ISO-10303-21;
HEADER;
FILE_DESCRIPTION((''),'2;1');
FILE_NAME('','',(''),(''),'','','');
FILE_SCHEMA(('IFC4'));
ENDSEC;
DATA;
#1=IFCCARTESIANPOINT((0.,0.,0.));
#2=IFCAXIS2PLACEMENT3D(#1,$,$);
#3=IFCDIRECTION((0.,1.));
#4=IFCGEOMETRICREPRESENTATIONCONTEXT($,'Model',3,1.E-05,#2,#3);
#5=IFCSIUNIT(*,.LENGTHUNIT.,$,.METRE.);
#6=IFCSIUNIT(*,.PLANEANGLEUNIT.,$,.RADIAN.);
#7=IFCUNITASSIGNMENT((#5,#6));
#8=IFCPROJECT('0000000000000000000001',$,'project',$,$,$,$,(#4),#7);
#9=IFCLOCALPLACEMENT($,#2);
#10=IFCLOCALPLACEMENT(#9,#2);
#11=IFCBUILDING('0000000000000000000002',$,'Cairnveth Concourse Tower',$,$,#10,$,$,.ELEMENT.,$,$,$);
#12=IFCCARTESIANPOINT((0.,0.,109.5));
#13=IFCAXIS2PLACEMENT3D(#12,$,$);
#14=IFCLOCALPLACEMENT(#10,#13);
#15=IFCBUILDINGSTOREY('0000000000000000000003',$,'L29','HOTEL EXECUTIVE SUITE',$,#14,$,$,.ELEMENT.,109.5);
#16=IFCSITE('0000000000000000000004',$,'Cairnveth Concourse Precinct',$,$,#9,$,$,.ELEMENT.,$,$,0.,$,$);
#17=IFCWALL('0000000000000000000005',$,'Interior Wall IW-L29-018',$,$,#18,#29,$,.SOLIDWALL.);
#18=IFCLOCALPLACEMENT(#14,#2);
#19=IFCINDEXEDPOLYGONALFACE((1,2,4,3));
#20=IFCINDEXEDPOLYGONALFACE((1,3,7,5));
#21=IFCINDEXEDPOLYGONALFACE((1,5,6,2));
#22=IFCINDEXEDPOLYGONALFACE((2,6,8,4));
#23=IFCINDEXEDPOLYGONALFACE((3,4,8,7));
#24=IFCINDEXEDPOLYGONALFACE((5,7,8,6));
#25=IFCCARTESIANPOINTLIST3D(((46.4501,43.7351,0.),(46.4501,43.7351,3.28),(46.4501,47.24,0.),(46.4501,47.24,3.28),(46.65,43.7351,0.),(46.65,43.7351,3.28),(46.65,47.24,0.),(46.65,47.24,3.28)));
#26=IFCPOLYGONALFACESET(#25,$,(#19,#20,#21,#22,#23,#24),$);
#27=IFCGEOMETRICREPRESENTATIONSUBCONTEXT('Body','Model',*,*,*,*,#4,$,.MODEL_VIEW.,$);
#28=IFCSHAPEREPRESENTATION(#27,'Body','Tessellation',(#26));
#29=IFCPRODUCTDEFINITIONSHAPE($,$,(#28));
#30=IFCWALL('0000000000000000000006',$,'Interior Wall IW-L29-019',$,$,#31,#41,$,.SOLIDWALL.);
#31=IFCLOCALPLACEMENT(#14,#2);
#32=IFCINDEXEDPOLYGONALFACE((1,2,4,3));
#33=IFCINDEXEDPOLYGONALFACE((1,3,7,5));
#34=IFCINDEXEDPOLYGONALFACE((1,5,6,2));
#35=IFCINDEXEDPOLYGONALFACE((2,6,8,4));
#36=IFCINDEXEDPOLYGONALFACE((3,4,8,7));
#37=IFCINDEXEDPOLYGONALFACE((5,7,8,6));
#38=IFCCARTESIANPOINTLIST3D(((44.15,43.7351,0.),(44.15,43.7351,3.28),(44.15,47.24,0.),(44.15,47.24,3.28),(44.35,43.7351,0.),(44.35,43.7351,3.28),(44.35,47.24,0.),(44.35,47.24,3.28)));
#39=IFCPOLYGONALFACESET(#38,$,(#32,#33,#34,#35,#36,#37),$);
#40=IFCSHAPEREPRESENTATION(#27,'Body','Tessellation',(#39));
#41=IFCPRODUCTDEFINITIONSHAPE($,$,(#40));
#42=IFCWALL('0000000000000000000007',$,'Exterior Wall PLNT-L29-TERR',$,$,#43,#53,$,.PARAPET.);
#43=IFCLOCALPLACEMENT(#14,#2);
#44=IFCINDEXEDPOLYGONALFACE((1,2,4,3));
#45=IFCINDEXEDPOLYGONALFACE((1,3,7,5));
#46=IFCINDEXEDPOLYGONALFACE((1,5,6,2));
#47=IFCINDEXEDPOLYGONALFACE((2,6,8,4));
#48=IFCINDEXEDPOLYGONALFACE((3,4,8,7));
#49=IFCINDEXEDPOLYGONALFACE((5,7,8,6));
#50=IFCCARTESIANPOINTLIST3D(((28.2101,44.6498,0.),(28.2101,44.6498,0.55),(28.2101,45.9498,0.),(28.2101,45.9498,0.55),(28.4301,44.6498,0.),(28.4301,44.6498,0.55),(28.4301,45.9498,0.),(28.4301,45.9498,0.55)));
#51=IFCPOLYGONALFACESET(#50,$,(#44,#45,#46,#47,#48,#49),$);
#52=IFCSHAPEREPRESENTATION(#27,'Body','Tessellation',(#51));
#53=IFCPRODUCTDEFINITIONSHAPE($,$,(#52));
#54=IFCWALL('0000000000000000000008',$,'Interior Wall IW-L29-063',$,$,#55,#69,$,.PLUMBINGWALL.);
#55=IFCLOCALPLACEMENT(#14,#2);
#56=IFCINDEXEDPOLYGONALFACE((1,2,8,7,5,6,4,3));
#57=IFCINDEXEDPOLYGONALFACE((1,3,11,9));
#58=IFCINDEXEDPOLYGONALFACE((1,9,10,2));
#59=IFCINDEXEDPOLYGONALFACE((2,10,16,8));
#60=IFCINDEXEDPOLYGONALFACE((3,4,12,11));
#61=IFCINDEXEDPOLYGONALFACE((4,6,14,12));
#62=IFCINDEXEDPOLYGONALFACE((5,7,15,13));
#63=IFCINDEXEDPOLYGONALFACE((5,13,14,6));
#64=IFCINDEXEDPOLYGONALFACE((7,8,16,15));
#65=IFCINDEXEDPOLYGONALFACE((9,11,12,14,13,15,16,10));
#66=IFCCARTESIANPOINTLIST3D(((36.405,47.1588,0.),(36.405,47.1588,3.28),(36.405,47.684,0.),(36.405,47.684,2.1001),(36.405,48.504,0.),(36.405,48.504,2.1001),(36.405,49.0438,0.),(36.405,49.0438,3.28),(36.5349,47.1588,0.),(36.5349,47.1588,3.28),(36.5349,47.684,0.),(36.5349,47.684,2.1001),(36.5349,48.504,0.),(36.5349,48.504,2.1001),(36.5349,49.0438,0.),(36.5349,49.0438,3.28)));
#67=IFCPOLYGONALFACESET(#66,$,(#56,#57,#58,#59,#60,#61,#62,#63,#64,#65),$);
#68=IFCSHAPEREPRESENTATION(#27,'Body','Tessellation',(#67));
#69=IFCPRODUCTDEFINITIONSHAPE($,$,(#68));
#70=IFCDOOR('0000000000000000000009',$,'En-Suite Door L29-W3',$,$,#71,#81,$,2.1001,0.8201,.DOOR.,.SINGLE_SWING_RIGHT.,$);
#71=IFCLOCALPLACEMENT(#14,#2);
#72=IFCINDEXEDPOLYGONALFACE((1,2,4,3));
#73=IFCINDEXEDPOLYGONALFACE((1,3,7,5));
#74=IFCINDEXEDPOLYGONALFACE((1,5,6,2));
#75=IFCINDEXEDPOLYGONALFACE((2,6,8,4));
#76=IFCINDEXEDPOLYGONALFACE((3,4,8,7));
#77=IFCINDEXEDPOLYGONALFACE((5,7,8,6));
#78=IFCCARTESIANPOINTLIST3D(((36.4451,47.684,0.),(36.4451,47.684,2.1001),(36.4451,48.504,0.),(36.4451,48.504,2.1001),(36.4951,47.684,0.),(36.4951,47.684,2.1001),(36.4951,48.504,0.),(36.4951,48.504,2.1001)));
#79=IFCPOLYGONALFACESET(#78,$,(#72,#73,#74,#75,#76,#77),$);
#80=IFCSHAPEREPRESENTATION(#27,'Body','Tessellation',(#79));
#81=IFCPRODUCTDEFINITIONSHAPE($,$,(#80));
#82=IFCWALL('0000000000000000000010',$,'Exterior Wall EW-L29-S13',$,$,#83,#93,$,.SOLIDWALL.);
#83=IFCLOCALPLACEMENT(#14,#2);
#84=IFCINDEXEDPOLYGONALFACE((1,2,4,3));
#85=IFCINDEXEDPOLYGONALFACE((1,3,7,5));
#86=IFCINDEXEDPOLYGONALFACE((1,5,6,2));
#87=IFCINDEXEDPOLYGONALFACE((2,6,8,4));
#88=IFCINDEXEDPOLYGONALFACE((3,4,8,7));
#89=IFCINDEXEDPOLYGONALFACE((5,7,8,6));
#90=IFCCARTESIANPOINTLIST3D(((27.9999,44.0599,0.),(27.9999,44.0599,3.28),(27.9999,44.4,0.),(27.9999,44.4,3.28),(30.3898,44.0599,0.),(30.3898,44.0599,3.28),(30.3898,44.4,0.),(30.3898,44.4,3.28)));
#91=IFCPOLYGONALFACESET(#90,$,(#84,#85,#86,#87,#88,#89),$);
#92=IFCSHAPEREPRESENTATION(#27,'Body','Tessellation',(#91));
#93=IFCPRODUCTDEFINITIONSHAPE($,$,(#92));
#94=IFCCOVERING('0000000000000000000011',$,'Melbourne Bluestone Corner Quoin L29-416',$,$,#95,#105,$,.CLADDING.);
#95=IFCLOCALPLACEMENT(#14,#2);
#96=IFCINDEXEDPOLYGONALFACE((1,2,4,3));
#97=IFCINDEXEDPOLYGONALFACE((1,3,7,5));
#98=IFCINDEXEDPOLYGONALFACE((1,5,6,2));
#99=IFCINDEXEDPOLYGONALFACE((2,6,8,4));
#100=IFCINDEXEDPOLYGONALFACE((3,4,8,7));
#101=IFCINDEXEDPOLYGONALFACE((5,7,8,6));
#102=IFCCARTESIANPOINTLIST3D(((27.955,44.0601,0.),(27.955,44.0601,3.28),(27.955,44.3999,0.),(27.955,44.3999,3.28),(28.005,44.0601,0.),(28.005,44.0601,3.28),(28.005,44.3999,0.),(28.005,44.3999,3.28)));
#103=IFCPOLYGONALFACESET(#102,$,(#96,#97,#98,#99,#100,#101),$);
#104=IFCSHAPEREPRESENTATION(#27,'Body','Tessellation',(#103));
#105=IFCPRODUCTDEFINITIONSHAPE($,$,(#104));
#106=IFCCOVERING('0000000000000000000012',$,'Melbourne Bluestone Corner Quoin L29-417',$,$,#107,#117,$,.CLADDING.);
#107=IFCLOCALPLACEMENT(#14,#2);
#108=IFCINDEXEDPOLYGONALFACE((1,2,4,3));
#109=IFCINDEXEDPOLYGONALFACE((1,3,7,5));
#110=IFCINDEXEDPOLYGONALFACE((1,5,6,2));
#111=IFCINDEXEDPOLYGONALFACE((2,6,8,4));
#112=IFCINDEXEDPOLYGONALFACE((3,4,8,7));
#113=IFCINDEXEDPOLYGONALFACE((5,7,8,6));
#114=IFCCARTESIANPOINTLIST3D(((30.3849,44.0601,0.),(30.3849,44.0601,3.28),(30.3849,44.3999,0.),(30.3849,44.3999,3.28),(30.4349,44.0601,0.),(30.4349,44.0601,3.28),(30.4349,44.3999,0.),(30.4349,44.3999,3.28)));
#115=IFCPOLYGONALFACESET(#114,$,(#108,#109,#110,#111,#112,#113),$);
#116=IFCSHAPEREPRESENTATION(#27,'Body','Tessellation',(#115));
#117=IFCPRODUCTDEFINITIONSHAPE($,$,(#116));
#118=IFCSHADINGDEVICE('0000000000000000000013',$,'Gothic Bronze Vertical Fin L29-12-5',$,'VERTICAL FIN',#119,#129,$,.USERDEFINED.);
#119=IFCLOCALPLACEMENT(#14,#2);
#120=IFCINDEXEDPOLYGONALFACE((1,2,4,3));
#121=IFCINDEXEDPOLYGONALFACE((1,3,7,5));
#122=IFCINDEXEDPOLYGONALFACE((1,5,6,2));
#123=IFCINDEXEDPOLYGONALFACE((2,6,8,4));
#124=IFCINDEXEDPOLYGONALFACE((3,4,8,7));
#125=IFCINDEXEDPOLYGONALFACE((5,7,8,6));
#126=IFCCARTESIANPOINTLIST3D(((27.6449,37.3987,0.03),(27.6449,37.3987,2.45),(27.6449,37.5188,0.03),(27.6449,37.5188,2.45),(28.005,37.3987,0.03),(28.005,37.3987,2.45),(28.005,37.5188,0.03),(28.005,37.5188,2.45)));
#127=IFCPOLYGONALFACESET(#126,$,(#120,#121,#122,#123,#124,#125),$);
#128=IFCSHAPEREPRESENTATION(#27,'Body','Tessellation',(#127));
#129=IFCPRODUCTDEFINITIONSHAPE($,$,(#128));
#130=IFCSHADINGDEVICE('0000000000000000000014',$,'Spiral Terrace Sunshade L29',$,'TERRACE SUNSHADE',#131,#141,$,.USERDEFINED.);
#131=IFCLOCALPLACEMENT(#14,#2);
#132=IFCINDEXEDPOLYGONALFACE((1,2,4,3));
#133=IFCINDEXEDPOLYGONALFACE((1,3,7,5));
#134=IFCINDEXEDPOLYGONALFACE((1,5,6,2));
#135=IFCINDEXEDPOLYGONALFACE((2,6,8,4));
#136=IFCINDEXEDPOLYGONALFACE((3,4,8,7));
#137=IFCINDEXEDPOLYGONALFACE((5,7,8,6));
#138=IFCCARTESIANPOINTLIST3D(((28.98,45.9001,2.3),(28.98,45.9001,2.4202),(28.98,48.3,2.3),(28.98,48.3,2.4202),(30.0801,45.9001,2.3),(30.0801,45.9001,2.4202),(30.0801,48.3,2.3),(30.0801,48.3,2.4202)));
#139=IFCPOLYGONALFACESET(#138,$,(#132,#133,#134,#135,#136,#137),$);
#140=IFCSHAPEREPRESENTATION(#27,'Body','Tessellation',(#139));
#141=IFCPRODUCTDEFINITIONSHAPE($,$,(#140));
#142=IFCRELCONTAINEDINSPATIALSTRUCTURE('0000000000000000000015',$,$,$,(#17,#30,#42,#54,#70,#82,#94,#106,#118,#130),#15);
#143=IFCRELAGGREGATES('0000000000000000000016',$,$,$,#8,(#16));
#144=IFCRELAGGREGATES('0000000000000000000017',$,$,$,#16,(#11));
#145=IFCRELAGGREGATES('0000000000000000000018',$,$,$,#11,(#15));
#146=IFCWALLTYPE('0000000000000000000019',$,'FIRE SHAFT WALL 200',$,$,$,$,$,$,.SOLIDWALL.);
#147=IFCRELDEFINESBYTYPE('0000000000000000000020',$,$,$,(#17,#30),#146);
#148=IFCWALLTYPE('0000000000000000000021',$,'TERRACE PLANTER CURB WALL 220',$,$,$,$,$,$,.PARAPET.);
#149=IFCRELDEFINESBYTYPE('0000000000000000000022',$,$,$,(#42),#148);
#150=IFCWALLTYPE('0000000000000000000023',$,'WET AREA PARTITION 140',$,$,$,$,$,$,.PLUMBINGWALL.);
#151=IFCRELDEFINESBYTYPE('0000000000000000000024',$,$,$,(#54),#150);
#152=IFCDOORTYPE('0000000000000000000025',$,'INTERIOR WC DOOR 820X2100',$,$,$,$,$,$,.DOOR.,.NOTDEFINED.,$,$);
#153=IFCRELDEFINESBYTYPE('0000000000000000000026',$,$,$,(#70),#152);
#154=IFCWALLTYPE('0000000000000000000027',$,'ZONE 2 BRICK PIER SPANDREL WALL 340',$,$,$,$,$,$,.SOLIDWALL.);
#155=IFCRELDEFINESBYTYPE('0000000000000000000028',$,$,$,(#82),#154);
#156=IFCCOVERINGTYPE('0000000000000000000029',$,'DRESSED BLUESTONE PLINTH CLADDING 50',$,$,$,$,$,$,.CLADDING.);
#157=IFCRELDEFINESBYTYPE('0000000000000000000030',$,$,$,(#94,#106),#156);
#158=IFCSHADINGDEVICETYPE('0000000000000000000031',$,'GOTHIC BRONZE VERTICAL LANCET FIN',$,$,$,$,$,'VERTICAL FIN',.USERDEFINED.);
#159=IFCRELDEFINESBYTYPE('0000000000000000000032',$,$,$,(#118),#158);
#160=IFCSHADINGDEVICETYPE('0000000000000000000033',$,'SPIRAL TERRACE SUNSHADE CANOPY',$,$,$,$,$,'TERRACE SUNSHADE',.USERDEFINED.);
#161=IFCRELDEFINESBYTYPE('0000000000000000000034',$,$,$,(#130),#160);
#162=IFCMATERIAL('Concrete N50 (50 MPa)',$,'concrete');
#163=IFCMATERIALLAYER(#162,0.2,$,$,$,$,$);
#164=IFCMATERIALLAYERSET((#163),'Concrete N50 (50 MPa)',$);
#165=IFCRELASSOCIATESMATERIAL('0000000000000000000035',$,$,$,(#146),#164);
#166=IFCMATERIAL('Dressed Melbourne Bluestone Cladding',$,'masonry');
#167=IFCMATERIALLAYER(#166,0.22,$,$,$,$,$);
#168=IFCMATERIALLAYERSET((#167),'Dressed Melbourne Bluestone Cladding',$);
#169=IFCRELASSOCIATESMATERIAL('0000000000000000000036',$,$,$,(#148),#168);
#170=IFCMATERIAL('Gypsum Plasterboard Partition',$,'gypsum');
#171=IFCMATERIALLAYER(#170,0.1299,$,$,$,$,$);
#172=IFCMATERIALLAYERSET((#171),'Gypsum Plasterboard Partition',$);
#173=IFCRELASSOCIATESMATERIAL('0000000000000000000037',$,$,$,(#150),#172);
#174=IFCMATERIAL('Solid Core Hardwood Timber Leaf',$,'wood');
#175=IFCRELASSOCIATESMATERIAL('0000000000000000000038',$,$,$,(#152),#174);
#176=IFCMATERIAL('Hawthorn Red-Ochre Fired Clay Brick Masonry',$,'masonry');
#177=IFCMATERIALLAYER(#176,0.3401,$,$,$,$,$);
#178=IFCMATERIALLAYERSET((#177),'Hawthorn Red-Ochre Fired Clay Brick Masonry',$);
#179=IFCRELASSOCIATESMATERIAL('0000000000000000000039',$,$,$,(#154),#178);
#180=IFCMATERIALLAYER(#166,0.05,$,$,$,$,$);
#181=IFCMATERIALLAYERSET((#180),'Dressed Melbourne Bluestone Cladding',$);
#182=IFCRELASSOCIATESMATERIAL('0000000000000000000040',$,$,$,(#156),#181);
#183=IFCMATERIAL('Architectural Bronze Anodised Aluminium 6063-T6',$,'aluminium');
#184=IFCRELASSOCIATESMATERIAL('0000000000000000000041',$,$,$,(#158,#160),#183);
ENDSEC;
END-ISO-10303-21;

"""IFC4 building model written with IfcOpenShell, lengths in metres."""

from ifc_helpers import new_model, si_unit, direction, frame, frame_2d, origin, origin_2d, place, context, subcontext, project, spatial, rectangle, extrude, material, layer, layer_set, type_object, element, fill, save


model = new_model("IFC4")

# Units and contexts
model_context = context("Model", 3, precision=1e-05, world=origin(), true_north=direction((0.0, 1.0)))
body_context = subcontext(model_context, "Body", "Model", "MODEL_VIEW")
ifc_project = project(units=[si_unit("LENGTHUNIT", "METRE"), si_unit("PLANEANGLEUNIT", "RADIAN")], contexts=[model_context])

# Site, building, storey
site_placement = place(None, origin())
site = spatial("IfcSite", under=ifc_project, at=site_placement, Name="Cairnveth Concourse Precinct", CompositionType="ELEMENT", RefElevation=0.0)
building_placement = place(site_placement, origin())
building = spatial("IfcBuilding", under=site, at=building_placement, Name="Cairnveth Concourse Tower", CompositionType="ELEMENT")
storey_placement = place(building_placement, frame((0.0, 0.0, 109.5)))
storey = spatial("IfcBuildingStorey", under=building, at=storey_placement, Name="L29", Description="HOTEL EXECUTIVE SUITE", CompositionType="ELEMENT", Elevation=109.5)

# Shared definitions
ifc_material_1 = material(Name="Gypsum Plasterboard Partition", Category="gypsum")

# Shared definitions
ifc_material_2 = material(Name="Concrete N50 (50 MPa)", Category="concrete")

# Shared definitions
ifc_layer_1 = layer(ifc_material_2, 0.2)
ifc_layer_set_1 = layer_set([ifc_layer_1], Name="Concrete N50 (50 MPa)")
wall_type_1 = type_object("IfcWallType", Name="FIRE SHAFT WALL 200", PredefinedType="SOLIDWALL", material=ifc_layer_set_1)
ifc_material_3 = material(Name="Architectural Bronze Anodised Aluminium 6063-T6", Category="aluminium")

# Walls
for number, where, z_axis, x_axis, name in (
    (1, (46.55, 43.7351, 0.0), (0.0, 0.0, 1.0), (0.0, 1.0, 0.0), "Interior Wall IW-L29-018"),
    (2, (44.25, 43.7351, 0.0), (0.0, 0.0, 1.0), (0.0, 1.0, 0.0), "Interior Wall IW-L29-019"),
):
    element("IfcWall", number, at=place(storey_placement, frame(where, z_axis=z_axis, x_axis=x_axis)), inside=storey, type_object=wall_type_1, Name=name, PredefinedType="SOLIDWALL", context=body_context, shape_type="SweptSolid", body=[
        extrude(rectangle(XDim=3.5049, YDim=0.2, at=frame_2d((1.7524, 0.0))), origin(), (0.0, 0.0, 1.0), 3.28),
    ])
ifc_material_4 = material(Name="Dressed Melbourne Bluestone Cladding", Category="masonry")
ifc_layer_2 = layer(ifc_material_4, 0.22)
ifc_layer_set_2 = layer_set([ifc_layer_2], Name="Dressed Melbourne Bluestone Cladding")
wall_type_2 = type_object("IfcWallType", Name="TERRACE PLANTER CURB WALL 220", PredefinedType="PARAPET", material=ifc_layer_set_2)
wall_1_placement = place(storey_placement, frame((28.3201, 44.6499, 0.0), z_axis=(0.0, 0.0, 1.0), x_axis=(0.0, 1.0, 0.0)))
element("IfcWall", 3, at=wall_1_placement, inside=storey, type_object=wall_type_2, Name="Exterior Wall PLNT-L29-TERR", PredefinedType="PARAPET", context=body_context, shape_type="SweptSolid", body=[
    extrude(rectangle(XDim=1.3, YDim=0.22, at=frame_2d((0.6499, 0.0))), origin(), (0.0, 0.0, 1.0), 0.55),
])

# Wall, opening, door
ifc_layer_3 = layer(ifc_material_1, 0.1299)
ifc_layer_set_3 = layer_set([ifc_layer_3], Name="Gypsum Plasterboard Partition")
wall_type_3 = type_object("IfcWallType", Name="WET AREA PARTITION 140", PredefinedType="PLUMBINGWALL", material=ifc_layer_set_3)
wall_2_placement = place(storey_placement, frame((36.47, 47.1589, 0.0), z_axis=(0.0, 0.0, 1.0), x_axis=(0.0, 1.0, 0.0)))
wall_2 = element("IfcWall", 4, at=wall_2_placement, inside=storey, type_object=wall_type_3, Name="Interior Wall IW-L29-063", PredefinedType="PLUMBINGWALL", context=body_context, shape_type="SweptSolid", body=[
    extrude(rectangle(XDim=1.885, YDim=0.1299, at=frame_2d((0.9424, 0.0))), origin(), (0.0, 0.0, 1.0), 3.28),
])
opening_1_placement = place(wall_2_placement, frame((0.5249, 0.0, 0.0)))
opening_1 = element("IfcOpeningElement", 5, at=opening_1_placement, cuts=wall_2, PredefinedType="OPENING", context=body_context, shape_type="SweptSolid", body=[
    extrude(rectangle(XDim=0.8201, YDim=2.1001, at=frame_2d((0.4102, 1.05))), frame((0.0, 0.075, 0.0), z_axis=(0.0, -1.0, 0.0), x_axis=(1.0, 0.0, 0.0)), (0.0, 0.0, 1.0), 0.1499),
])
ifc_material_5 = material(Name="Solid Core Hardwood Timber Leaf", Category="wood")
door_type_1 = type_object("IfcDoorType", Name="INTERIOR WC DOOR 820X2100", OperationType="NOTDEFINED", PredefinedType="DOOR", material=ifc_material_5)
door_1_placement = place(opening_1_placement, origin())
door_1 = element("IfcDoor", 6, at=door_1_placement, inside=storey, type_object=door_type_1, Name="En-Suite Door L29-W3", OperationType="SINGLE_SWING_RIGHT", OverallHeight=2.1001, OverallWidth=0.8201, PredefinedType="DOOR", context=body_context, shape_type="SweptSolid", body=[
    extrude(rectangle(XDim=0.8201, YDim=2.1001, at=frame_2d((0.4102, 1.05))), frame((0.0, 0.0249, 0.0), z_axis=(0.0, -1.0, 0.0), x_axis=(1.0, 0.0, 0.0)), (0.0, 0.0, 1.0), 0.05),
])
fill(opening_1, door_1)

# Wall
ifc_material_6 = material(Name="Hawthorn Red-Ochre Fired Clay Brick Masonry", Category="masonry")
ifc_layer_4 = layer(ifc_material_6, 0.3401)
ifc_layer_set_4 = layer_set([ifc_layer_4], Name="Hawthorn Red-Ochre Fired Clay Brick Masonry")
wall_type_4 = type_object("IfcWallType", Name="ZONE 2 BRICK PIER SPANDREL WALL 340", PredefinedType="SOLIDWALL", material=ifc_layer_set_4)
wall_3_placement = place(storey_placement, frame((28.0, 44.23, 0.0), z_axis=(0.0, 0.0, 1.0), x_axis=(1.0, 0.0, 0.0)))
element("IfcWall", 7, at=wall_3_placement, inside=storey, type_object=wall_type_4, Name="Exterior Wall EW-L29-S13", PredefinedType="SOLIDWALL", context=body_context, shape_type="SweptSolid", body=[
    extrude(rectangle(XDim=2.3899, YDim=0.3401, at=frame_2d((1.1948, 0.0))), origin(), (0.0, 0.0, 1.0), 3.28),
])

# Coverings
ifc_layer_5 = layer(ifc_material_4, 0.05)
ifc_layer_set_5 = layer_set([ifc_layer_5], Name="Dressed Melbourne Bluestone Cladding")
covering_type = type_object("IfcCoveringType", Name="DRESSED BLUESTONE PLINTH CLADDING 50", PredefinedType="CLADDING", material=ifc_layer_set_5)
for number, where, z_axis, x_axis, name in (
    (8, (27.98, 44.0601, 0.0), (0.0, 0.0, 1.0), (0.0, 1.0, 0.0), "Melbourne Bluestone Corner Quoin L29-416"),
    (9, (30.4099, 44.0601, 0.0), (0.0, 0.0, 1.0), (0.0, 1.0, 0.0), "Melbourne Bluestone Corner Quoin L29-417"),
):
    element("IfcCovering", number, at=place(storey_placement, frame(where, z_axis=z_axis, x_axis=x_axis)), inside=storey, type_object=covering_type, Name=name, PredefinedType="CLADDING", context=body_context, shape_type="SweptSolid", body=[
        extrude(rectangle(XDim=0.3398, YDim=0.05, at=frame_2d((0.1699, 0.0))), origin(), (0.0, 0.0, 1.0), 3.28),
    ])

# Shading devices
shading_device_type_1 = type_object("IfcShadingDeviceType", Name="GOTHIC BRONZE VERTICAL LANCET FIN", ElementType="VERTICAL FIN", PredefinedType="USERDEFINED", material=ifc_material_3)
shading_device_1_placement = place(storey_placement, frame((27.825, 37.4587, 0.03), z_axis=(0.0, 0.0, 1.0), x_axis=(0.0, 1.0, 0.0)))
element("IfcShadingDevice", 10, at=shading_device_1_placement, inside=storey, type_object=shading_device_type_1, Name="Gothic Bronze Vertical Fin L29-12-5", ObjectType="VERTICAL FIN", PredefinedType="USERDEFINED", context=body_context, shape_type="SweptSolid", body=[
    extrude(rectangle(XDim=0.1201, YDim=0.3601, at=origin_2d()), origin(), (0.0, 0.0, 1.0), 2.4199),
])
shading_device_type_2 = type_object("IfcShadingDeviceType", Name="SPIRAL TERRACE SUNSHADE CANOPY", ElementType="TERRACE SUNSHADE", PredefinedType="USERDEFINED", material=ifc_material_3)
shading_device_2_placement = place(storey_placement, frame((29.53, 47.1001, 2.3), z_axis=(0.0, 0.0, 1.0), x_axis=(1.0, 0.0, 0.0)))
element("IfcShadingDevice", 11, at=shading_device_2_placement, inside=storey, type_object=shading_device_type_2, Name="Spiral Terrace Sunshade L29", ObjectType="TERRACE SUNSHADE", PredefinedType="USERDEFINED", context=body_context, shape_type="SweptSolid", body=[
    extrude(rectangle(XDim=1.1001, YDim=2.3999, at=origin_2d()), origin(), (0.0, 0.0, 1.0), 0.1201),
])

save(model, "model.ifc")
